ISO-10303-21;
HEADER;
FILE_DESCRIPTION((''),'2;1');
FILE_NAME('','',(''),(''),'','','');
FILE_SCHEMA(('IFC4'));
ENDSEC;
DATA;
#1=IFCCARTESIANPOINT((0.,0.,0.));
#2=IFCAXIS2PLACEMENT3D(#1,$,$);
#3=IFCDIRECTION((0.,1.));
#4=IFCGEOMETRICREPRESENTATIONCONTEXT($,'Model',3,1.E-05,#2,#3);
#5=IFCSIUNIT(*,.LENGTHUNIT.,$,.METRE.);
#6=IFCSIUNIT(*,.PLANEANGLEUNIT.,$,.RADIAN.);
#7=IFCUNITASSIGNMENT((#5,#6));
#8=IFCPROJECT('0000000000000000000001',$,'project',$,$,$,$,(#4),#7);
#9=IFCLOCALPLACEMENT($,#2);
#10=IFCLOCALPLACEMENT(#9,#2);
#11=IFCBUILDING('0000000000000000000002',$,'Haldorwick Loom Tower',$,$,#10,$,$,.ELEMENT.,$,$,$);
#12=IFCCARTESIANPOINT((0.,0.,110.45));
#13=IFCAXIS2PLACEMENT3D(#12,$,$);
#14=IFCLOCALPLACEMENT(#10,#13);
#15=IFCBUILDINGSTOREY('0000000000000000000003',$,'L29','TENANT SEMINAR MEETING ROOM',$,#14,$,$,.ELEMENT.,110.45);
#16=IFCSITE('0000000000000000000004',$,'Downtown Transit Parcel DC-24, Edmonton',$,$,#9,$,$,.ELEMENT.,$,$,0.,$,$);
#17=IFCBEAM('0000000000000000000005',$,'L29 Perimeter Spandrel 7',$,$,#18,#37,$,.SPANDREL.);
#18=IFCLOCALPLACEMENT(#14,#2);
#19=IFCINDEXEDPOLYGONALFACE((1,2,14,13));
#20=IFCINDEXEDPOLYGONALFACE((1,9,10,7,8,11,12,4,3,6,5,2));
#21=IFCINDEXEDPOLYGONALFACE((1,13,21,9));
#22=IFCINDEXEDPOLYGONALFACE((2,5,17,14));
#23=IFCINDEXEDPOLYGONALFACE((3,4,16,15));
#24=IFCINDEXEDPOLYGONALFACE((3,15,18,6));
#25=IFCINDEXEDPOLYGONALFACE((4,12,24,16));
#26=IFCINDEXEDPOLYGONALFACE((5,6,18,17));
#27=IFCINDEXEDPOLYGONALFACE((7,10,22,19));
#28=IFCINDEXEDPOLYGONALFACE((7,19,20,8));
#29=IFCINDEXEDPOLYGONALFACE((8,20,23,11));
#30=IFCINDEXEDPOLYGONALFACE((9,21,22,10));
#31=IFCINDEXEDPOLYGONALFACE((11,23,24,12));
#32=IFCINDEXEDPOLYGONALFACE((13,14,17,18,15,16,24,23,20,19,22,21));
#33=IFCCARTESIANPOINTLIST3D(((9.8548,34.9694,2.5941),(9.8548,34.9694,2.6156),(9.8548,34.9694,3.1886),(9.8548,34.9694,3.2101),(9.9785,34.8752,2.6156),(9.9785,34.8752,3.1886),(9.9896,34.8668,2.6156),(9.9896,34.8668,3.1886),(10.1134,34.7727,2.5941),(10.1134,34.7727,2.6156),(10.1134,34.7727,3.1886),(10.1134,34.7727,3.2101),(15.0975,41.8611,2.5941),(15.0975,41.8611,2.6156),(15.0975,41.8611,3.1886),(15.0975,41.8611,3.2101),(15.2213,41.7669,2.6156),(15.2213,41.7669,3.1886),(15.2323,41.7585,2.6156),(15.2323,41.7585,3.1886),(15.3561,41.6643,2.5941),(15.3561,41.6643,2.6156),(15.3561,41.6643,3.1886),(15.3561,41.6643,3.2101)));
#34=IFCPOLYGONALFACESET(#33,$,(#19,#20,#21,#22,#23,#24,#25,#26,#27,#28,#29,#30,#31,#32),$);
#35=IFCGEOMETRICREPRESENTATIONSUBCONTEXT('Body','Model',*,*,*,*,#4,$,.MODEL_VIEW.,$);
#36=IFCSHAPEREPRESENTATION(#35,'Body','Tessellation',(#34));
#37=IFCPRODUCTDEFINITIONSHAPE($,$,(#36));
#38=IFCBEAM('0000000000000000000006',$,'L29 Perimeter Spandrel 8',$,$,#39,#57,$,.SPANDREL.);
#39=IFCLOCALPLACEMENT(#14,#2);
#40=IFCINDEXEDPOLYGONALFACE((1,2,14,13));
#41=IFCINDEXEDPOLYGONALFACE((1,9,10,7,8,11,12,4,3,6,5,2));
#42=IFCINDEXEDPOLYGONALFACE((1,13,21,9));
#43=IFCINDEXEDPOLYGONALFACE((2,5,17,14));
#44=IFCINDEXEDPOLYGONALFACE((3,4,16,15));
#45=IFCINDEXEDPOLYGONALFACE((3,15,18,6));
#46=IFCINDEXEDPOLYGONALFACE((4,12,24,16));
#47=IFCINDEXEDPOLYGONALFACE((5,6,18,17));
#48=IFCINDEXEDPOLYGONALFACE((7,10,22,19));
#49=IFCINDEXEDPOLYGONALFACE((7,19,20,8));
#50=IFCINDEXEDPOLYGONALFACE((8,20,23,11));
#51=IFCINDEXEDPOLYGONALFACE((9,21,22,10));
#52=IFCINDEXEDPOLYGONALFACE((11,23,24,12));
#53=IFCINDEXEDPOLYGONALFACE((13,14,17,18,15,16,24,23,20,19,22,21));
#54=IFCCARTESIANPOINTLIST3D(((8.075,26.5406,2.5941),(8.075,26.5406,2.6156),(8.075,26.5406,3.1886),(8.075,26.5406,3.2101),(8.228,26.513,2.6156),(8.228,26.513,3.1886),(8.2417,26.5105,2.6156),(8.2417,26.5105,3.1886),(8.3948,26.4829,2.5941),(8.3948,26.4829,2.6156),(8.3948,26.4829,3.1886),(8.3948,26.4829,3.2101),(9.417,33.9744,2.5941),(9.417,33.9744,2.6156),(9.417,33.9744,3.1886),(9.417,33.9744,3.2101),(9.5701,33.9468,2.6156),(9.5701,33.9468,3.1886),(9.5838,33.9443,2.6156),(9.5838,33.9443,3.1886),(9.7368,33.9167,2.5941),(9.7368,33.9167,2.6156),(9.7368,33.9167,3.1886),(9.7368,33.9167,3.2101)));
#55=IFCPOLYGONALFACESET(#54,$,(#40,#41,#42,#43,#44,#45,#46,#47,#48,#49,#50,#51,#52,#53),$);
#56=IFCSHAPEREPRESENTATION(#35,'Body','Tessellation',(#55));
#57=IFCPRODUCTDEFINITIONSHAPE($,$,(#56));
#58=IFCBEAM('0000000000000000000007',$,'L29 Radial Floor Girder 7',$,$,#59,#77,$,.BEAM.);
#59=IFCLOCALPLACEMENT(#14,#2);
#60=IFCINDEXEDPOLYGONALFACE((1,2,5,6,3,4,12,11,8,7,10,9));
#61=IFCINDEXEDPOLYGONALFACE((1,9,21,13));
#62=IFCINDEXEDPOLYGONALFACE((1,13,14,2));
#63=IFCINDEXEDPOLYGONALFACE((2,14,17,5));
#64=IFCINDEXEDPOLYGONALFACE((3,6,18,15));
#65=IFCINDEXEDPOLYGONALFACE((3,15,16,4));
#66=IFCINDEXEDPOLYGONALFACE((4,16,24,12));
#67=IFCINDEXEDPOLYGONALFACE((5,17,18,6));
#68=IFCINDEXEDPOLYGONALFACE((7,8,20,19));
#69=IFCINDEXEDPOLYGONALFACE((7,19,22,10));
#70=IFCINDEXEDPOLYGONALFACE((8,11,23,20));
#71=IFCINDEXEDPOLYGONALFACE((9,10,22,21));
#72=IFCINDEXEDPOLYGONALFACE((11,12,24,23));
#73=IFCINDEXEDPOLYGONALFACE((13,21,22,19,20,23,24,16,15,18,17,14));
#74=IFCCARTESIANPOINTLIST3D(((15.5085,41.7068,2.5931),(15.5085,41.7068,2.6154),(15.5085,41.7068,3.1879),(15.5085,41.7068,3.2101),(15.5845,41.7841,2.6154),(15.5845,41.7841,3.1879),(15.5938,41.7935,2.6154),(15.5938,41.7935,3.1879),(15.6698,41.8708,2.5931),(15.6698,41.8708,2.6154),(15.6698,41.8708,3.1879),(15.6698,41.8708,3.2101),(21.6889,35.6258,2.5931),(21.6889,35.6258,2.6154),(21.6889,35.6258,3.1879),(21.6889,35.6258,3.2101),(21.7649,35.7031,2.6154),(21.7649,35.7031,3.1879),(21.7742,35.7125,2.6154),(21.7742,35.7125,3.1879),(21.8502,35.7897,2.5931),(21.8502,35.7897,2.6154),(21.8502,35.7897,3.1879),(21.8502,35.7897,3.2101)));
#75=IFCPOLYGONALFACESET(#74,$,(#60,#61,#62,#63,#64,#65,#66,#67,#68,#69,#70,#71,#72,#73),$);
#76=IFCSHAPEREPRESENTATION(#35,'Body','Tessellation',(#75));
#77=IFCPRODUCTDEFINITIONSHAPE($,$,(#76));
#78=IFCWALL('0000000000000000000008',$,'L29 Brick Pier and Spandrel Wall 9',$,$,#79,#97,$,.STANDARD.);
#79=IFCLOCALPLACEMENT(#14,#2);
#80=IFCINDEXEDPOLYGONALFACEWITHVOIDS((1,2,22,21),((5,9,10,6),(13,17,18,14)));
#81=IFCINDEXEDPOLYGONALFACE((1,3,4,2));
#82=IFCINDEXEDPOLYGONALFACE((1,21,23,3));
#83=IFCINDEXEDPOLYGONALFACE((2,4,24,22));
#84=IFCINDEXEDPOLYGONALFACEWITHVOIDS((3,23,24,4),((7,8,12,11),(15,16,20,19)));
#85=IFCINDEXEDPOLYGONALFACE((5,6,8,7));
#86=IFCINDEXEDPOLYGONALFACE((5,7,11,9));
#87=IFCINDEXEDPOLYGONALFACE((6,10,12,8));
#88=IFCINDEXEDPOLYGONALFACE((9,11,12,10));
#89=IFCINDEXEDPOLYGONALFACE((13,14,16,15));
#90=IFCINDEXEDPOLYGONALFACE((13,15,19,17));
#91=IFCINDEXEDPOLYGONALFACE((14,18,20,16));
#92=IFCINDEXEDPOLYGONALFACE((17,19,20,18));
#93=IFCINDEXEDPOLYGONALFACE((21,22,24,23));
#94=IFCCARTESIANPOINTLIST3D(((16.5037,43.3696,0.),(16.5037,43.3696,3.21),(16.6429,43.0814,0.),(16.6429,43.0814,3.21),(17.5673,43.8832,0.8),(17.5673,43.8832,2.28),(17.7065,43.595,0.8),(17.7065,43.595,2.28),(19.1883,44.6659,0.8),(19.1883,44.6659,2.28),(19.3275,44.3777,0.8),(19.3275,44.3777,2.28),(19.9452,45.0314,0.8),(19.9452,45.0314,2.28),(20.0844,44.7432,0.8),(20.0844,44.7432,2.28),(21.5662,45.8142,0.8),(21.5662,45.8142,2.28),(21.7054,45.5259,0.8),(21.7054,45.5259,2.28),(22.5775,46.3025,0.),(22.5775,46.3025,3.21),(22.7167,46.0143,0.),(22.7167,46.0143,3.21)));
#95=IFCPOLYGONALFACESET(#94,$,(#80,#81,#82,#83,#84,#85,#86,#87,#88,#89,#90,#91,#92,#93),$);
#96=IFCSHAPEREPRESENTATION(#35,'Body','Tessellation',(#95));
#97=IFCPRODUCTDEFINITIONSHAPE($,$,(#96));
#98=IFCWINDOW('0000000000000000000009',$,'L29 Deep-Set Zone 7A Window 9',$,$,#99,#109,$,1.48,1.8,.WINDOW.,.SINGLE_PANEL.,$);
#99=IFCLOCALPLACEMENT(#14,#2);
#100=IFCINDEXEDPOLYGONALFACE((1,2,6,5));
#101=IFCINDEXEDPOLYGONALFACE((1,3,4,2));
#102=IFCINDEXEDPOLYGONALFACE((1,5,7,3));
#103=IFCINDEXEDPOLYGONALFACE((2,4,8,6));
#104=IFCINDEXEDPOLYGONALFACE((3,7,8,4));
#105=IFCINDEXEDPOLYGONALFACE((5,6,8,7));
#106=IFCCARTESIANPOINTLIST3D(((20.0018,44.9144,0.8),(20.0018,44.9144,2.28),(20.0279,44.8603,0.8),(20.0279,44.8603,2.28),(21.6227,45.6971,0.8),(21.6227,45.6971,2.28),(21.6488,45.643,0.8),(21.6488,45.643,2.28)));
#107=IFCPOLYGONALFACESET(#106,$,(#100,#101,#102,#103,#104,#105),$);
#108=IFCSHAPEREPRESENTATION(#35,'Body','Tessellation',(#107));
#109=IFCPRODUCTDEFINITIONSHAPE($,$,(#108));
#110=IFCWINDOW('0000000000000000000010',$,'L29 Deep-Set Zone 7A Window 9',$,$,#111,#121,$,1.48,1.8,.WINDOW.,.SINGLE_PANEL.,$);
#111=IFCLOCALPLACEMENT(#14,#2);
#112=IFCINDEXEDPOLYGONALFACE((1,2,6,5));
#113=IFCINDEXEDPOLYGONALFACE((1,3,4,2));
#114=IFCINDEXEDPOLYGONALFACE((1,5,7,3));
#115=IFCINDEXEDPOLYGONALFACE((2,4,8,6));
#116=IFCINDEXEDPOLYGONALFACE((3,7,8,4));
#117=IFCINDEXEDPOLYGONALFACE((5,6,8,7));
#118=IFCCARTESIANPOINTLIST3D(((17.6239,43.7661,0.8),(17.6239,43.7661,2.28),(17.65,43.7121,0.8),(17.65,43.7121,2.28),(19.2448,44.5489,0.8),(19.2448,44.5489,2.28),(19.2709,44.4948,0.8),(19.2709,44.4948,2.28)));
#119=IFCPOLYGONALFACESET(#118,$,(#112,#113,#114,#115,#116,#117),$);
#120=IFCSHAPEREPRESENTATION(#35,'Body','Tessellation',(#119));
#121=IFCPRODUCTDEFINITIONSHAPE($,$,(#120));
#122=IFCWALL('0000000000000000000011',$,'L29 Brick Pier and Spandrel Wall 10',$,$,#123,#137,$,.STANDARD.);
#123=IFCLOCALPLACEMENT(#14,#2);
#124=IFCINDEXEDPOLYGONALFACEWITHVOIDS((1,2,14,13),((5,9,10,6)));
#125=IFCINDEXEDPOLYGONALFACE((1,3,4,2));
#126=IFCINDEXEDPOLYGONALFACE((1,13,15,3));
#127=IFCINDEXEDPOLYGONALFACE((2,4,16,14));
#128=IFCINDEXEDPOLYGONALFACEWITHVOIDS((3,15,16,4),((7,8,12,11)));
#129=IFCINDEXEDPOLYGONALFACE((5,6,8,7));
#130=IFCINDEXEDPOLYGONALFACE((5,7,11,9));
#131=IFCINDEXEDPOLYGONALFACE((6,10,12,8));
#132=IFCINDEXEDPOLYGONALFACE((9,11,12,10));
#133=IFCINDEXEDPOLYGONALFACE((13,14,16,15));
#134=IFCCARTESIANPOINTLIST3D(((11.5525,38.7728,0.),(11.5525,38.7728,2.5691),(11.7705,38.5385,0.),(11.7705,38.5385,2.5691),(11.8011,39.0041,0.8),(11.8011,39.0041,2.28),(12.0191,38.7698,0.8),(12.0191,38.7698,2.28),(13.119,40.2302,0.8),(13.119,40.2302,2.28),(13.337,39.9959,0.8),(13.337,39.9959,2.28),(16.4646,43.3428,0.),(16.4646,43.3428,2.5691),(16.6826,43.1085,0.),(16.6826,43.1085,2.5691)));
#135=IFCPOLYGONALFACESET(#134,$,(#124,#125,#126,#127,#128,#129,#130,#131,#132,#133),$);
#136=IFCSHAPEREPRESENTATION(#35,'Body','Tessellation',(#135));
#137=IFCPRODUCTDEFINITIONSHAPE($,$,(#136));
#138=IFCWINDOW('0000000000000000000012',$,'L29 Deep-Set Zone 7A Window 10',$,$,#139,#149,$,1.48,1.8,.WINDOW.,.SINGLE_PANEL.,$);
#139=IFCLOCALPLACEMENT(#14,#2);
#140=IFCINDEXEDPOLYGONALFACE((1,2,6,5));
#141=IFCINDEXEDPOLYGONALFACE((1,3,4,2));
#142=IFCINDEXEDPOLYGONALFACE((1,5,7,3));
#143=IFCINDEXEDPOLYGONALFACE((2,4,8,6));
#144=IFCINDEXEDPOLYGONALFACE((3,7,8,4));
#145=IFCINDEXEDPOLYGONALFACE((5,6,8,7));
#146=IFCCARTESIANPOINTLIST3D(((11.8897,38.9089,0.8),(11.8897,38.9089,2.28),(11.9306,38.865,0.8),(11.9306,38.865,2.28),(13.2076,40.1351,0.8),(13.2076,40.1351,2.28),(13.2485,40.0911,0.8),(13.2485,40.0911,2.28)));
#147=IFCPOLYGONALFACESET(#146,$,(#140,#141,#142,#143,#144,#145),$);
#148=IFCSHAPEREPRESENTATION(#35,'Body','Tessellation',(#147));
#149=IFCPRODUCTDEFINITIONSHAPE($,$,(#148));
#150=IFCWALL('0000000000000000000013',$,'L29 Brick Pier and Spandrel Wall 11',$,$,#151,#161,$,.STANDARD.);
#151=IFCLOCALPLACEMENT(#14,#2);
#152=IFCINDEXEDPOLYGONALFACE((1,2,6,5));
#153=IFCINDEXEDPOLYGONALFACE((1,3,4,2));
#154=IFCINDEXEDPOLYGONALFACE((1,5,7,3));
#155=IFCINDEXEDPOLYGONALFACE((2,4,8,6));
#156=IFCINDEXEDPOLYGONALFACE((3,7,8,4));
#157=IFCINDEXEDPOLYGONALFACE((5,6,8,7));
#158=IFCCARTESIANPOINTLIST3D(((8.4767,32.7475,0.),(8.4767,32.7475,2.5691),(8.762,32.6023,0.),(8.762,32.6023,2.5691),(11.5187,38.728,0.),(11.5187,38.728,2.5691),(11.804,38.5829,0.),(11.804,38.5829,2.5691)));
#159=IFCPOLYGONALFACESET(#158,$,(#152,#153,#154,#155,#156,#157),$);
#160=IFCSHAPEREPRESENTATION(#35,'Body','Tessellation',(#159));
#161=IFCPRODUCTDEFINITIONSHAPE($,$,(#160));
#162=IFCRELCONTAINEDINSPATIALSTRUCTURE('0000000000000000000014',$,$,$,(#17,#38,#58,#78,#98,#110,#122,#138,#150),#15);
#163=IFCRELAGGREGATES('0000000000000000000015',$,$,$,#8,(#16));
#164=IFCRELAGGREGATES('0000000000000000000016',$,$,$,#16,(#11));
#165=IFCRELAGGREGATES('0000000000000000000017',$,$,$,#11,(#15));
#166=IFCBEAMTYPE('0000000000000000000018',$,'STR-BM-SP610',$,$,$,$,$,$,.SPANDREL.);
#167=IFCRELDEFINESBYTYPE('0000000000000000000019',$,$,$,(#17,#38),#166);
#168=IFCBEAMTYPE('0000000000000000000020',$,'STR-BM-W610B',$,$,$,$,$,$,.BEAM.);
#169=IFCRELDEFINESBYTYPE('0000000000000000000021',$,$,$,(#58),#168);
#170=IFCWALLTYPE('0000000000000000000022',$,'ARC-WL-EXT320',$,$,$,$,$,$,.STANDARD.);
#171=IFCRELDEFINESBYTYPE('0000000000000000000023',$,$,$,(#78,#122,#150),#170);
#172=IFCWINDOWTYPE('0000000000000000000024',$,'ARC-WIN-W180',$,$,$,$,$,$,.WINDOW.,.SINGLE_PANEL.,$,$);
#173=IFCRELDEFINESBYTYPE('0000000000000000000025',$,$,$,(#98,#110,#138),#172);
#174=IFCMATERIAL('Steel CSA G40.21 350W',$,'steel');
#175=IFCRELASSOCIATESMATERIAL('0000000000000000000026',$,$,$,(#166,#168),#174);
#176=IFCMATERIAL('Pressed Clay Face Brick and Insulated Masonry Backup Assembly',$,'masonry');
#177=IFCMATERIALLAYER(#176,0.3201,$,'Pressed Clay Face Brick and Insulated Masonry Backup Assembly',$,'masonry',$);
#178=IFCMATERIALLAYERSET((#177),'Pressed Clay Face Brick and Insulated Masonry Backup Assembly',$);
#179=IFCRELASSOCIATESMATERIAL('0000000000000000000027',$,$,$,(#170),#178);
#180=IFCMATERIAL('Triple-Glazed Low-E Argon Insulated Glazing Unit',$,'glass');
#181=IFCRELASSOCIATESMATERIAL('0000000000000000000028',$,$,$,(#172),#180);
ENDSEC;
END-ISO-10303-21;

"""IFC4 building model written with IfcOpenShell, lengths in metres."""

from ifc_helpers import new_model, si_unit, direction, frame, frame_2d, origin, origin_2d, place, context, subcontext, project, spatial, rectangle, i_section, extrude, material, layer, layer_set, material_profile, profile_set, type_object, element, fill, save


model = new_model("IFC4")

# Units and contexts
model_context = context("Model", 3, precision=1e-05, world=origin(), true_north=direction((0.0, 1.0)))
body_context = subcontext(model_context, "Body", "Model", "MODEL_VIEW")
ifc_project = project(units=[si_unit("LENGTHUNIT", "METRE"), si_unit("PLANEANGLEUNIT", "RADIAN")], contexts=[model_context])

# Site, building, storey
site_placement = place(None, origin())
site = spatial("IfcSite", under=ifc_project, at=site_placement, Name="Downtown Transit Parcel DC-24, Edmonton", CompositionType="ELEMENT", RefElevation=0.0)
building_placement = place(site_placement, origin())
building = spatial("IfcBuilding", under=site, at=building_placement, Name="Haldorwick Loom Tower", CompositionType="ELEMENT")
storey_placement = place(building_placement, frame((0.0, 0.0, 110.45)))
storey = spatial("IfcBuildingStorey", under=building, at=storey_placement, Name="L29", Description="TENANT SEMINAR MEETING ROOM", CompositionType="ELEMENT", Elevation=110.45)

# Beams
ifc_material_1 = material(Name="Steel CSA G40.21 350W", Category="steel")
ifc_material_profile_1 = material_profile(ifc_material_1, i_section(OverallWidth=0.325, OverallDepth=0.616, WebThickness=0.0139, FlangeThickness=0.0215, at=origin_2d()), Name="W610X174", Category="steel")
ifc_profile_set_1 = profile_set([ifc_material_profile_1], Name="Steel CSA G40.21 350W")
beam_type_1 = type_object("IfcBeamType", Name="STR-BM-SP610", PredefinedType="SPANDREL", material=ifc_profile_set_1)
beam_1_placement = place(storey_placement, frame((15.2268, 41.7627, 2.9021), z_axis=(-0.605454, -0.795881, 0.0), x_axis=(0.795881, -0.605454, 0.0)))
element("IfcBeam", 1, at=beam_1_placement, inside=storey, type_object=beam_type_1, Name="L29 Perimeter Spandrel 7", PredefinedType="SPANDREL", context=body_context, shape_type="SweptSolid", body=[
    extrude(i_section(OverallWidth=0.325, OverallDepth=0.616, WebThickness=0.0139, FlangeThickness=0.0215, at=origin_2d()), origin(), (0.0, 0.0, 1.0), 8.6592),
])
beam_2_placement = place(storey_placement, frame((9.5769, 33.9456, 2.9021), z_axis=(-0.177659, -0.984092, 0.0), x_axis=(0.984092, -0.177659, 0.0)))
element("IfcBeam", 2, at=beam_2_placement, inside=storey, type_object=beam_type_1, Name="L29 Perimeter Spandrel 8", PredefinedType="SPANDREL", context=body_context, shape_type="SweptSolid", body=[
    extrude(i_section(OverallWidth=0.325, OverallDepth=0.616, WebThickness=0.0139, FlangeThickness=0.0215, at=origin_2d()), origin(), (0.0, 0.0, 1.0), 7.554),
])
ifc_material_profile_2 = material_profile(ifc_material_1, i_section(OverallWidth=0.23, OverallDepth=0.6169, WebThickness=0.0132, FlangeThickness=0.0222, at=origin_2d()), Name="W610X140", Category="steel")
ifc_profile_set_2 = profile_set([ifc_material_profile_2], Name="Steel CSA G40.21 350W")
beam_type_2 = type_object("IfcBeamType", Name="STR-BM-W610B", PredefinedType="BEAM", material=ifc_profile_set_2)
beam_3_placement = place(storey_placement, frame((21.7695, 35.7078, 2.9016), z_axis=(-0.712814, 0.701353, 0.0), x_axis=(-0.701353, -0.712814, 0.0)))
element("IfcBeam", 3, at=beam_3_placement, inside=storey, type_object=beam_type_2, Name="L29 Radial Floor Girder 7", PredefinedType="BEAM", context=body_context, shape_type="SweptSolid", body=[
    extrude(i_section(OverallWidth=0.23, OverallDepth=0.6169, WebThickness=0.0132, FlangeThickness=0.0222, at=origin_2d()), origin(), (0.0, 0.0, 1.0), 8.6704),
])

# Wall, openings, windows
ifc_material_2 = material(Name="Pressed Clay Face Brick and Insulated Masonry Backup Assembly", Category="masonry")
ifc_layer_1 = layer(ifc_material_2, 0.3201, Name="Pressed Clay Face Brick and Insulated Masonry Backup Assembly", Category="masonry")
ifc_layer_set_1 = layer_set([ifc_layer_1], Name="Pressed Clay Face Brick and Insulated Masonry Backup Assembly")
wall_type_1 = type_object("IfcWallType", Name="ARC-WL-EXT320", PredefinedType="STANDARD", material=ifc_layer_set_1)
wall_1_placement = place(storey_placement, frame((22.6472, 46.1584, 0.0), z_axis=(0.0, 0.0, 1.0), x_axis=(-0.90051, -0.434835, 0.0)))
wall_1 = element("IfcWall", 4, at=wall_1_placement, inside=storey, type_object=wall_type_1, Name="L29 Brick Pier and Spandrel Wall 9", PredefinedType="STANDARD", context=body_context, shape_type="SweptSolid", body=[
    extrude(rectangle(XDim=6.7449, YDim=0.3201, at=frame_2d((3.3726, 0.0))), origin(), (0.0, 0.0, 1.0), 3.21),
])
opening_1_placement = place(wall_1_placement, frame((1.1233, 0.0, 0.8)))
opening_1 = element("IfcOpeningElement", 5, at=opening_1_placement, cuts=wall_1, PredefinedType="OPENING", context=body_context, shape_type="SweptSolid", body=[
    extrude(rectangle(XDim=1.8, YDim=1.48, at=frame_2d((0.8999, 0.74))), frame((0.0, 0.1699, 0.0), z_axis=(0.0, -1.0, 0.0), x_axis=(1.0, 0.0, 0.0)), (0.0, 0.0, 1.0), 0.3401),
])
opening_2_placement = place(wall_1_placement, frame((3.7639, 0.0, 0.8)))
opening_2 = element("IfcOpeningElement", 6, at=opening_2_placement, cuts=wall_1, PredefinedType="OPENING", context=body_context, shape_type="SweptSolid", body=[
    extrude(rectangle(XDim=1.8, YDim=1.48, at=frame_2d((0.8999, 0.74))), frame((0.0, 0.1699, 0.0), z_axis=(0.0, -1.0, 0.0), x_axis=(1.0, 0.0, 0.0)), (0.0, 0.0, 1.0), 0.3401),
])
ifc_material_3 = material(Name="Triple-Glazed Low-E Argon Insulated Glazing Unit", Category="glass")
window_type = type_object("IfcWindowType", Name="ARC-WIN-W180", PartitioningType="SINGLE_PANEL", PredefinedType="WINDOW", material=ifc_material_3)
window_1_placement = place(opening_1_placement, origin())
window_1 = element("IfcWindow", 7, at=window_1_placement, inside=storey, type_object=window_type, Name="L29 Deep-Set Zone 7A Window 9", OverallHeight=1.48, OverallWidth=1.8, PartitioningType="SINGLE_PANEL", PredefinedType="WINDOW", context=body_context, shape_type="SweptSolid", body=[
    extrude(rectangle(XDim=1.8, YDim=1.48, at=frame_2d((0.8999, 0.74))), frame((0.0, 0.03, 0.0), z_axis=(0.0, -1.0, 0.0), x_axis=(1.0, 0.0, 0.0)), (0.0, 0.0, 1.0), 0.0601),
])
fill(opening_1, window_1)
window_2_placement = place(opening_2_placement, origin())
window_2 = element("IfcWindow", 8, at=window_2_placement, inside=storey, type_object=window_type, Name="L29 Deep-Set Zone 7A Window 9", OverallHeight=1.48, OverallWidth=1.8, PartitioningType="SINGLE_PANEL", PredefinedType="WINDOW", context=body_context, shape_type="SweptSolid", body=[
    extrude(rectangle(XDim=1.8, YDim=1.48, at=frame_2d((0.8999, 0.74))), frame((0.0, 0.03, 0.0), z_axis=(0.0, -1.0, 0.0), x_axis=(1.0, 0.0, 0.0)), (0.0, 0.0, 1.0), 0.0601),
])
fill(opening_2, window_2)

# Wall, opening, window
wall_2_placement = place(storey_placement, frame((16.5735, 43.2256, 0.0), z_axis=(0.0, 0.0, 1.0), x_axis=(-0.732137, -0.681157, 0.0)))
wall_2 = element("IfcWall", 9, at=wall_2_placement, inside=storey, type_object=wall_type_1, Name="L29 Brick Pier and Spandrel Wall 10", PredefinedType="STANDARD", context=body_context, shape_type="SweptSolid", body=[
    extrude(rectangle(XDim=6.7092, YDim=0.3201, at=frame_2d((3.3545, 0.0))), origin(), (0.0, 0.0, 1.0), 2.5691),
])
opening_3_placement = place(wall_2_placement, frame((4.5696, 0.0, 0.8)))
opening_3 = element("IfcOpeningElement", 10, at=opening_3_placement, cuts=wall_2, PredefinedType="OPENING", context=body_context, shape_type="SweptSolid", body=[
    extrude(rectangle(XDim=1.8, YDim=1.48, at=frame_2d((0.8999, 0.74))), frame((0.0, 0.1699, 0.0), z_axis=(0.0, -1.0, 0.0), x_axis=(1.0, 0.0, 0.0)), (0.0, 0.0, 1.0), 0.3401),
])
window_3_placement = place(opening_3_placement, origin())
window_3 = element("IfcWindow", 11, at=window_3_placement, inside=storey, type_object=window_type, Name="L29 Deep-Set Zone 7A Window 10", OverallHeight=1.48, OverallWidth=1.8, PartitioningType="SINGLE_PANEL", PredefinedType="WINDOW", context=body_context, shape_type="SweptSolid", body=[
    extrude(rectangle(XDim=1.8, YDim=1.48, at=frame_2d((0.8999, 0.74))), frame((0.0, 0.03, 0.0), z_axis=(0.0, -1.0, 0.0), x_axis=(1.0, 0.0, 0.0)), (0.0, 0.0, 1.0), 0.0601),
])
fill(opening_3, window_3)

# Wall
wall_3_placement = place(storey_placement, frame((11.6614, 38.6555, 0.0), z_axis=(0.0, 0.0, 1.0), x_axis=(-0.453374, -0.89132, 0.0)))
element("IfcWall", 12, at=wall_3_placement, inside=storey, type_object=wall_type_1, Name="L29 Brick Pier and Spandrel Wall 11", PredefinedType="STANDARD", context=body_context, shape_type="SweptSolid", body=[
    extrude(rectangle(XDim=6.7097, YDim=0.3201, at=frame_2d((3.355, 0.0))), origin(), (0.0, 0.0, 1.0), 2.5691),
])

save(model, "model.ifc")
